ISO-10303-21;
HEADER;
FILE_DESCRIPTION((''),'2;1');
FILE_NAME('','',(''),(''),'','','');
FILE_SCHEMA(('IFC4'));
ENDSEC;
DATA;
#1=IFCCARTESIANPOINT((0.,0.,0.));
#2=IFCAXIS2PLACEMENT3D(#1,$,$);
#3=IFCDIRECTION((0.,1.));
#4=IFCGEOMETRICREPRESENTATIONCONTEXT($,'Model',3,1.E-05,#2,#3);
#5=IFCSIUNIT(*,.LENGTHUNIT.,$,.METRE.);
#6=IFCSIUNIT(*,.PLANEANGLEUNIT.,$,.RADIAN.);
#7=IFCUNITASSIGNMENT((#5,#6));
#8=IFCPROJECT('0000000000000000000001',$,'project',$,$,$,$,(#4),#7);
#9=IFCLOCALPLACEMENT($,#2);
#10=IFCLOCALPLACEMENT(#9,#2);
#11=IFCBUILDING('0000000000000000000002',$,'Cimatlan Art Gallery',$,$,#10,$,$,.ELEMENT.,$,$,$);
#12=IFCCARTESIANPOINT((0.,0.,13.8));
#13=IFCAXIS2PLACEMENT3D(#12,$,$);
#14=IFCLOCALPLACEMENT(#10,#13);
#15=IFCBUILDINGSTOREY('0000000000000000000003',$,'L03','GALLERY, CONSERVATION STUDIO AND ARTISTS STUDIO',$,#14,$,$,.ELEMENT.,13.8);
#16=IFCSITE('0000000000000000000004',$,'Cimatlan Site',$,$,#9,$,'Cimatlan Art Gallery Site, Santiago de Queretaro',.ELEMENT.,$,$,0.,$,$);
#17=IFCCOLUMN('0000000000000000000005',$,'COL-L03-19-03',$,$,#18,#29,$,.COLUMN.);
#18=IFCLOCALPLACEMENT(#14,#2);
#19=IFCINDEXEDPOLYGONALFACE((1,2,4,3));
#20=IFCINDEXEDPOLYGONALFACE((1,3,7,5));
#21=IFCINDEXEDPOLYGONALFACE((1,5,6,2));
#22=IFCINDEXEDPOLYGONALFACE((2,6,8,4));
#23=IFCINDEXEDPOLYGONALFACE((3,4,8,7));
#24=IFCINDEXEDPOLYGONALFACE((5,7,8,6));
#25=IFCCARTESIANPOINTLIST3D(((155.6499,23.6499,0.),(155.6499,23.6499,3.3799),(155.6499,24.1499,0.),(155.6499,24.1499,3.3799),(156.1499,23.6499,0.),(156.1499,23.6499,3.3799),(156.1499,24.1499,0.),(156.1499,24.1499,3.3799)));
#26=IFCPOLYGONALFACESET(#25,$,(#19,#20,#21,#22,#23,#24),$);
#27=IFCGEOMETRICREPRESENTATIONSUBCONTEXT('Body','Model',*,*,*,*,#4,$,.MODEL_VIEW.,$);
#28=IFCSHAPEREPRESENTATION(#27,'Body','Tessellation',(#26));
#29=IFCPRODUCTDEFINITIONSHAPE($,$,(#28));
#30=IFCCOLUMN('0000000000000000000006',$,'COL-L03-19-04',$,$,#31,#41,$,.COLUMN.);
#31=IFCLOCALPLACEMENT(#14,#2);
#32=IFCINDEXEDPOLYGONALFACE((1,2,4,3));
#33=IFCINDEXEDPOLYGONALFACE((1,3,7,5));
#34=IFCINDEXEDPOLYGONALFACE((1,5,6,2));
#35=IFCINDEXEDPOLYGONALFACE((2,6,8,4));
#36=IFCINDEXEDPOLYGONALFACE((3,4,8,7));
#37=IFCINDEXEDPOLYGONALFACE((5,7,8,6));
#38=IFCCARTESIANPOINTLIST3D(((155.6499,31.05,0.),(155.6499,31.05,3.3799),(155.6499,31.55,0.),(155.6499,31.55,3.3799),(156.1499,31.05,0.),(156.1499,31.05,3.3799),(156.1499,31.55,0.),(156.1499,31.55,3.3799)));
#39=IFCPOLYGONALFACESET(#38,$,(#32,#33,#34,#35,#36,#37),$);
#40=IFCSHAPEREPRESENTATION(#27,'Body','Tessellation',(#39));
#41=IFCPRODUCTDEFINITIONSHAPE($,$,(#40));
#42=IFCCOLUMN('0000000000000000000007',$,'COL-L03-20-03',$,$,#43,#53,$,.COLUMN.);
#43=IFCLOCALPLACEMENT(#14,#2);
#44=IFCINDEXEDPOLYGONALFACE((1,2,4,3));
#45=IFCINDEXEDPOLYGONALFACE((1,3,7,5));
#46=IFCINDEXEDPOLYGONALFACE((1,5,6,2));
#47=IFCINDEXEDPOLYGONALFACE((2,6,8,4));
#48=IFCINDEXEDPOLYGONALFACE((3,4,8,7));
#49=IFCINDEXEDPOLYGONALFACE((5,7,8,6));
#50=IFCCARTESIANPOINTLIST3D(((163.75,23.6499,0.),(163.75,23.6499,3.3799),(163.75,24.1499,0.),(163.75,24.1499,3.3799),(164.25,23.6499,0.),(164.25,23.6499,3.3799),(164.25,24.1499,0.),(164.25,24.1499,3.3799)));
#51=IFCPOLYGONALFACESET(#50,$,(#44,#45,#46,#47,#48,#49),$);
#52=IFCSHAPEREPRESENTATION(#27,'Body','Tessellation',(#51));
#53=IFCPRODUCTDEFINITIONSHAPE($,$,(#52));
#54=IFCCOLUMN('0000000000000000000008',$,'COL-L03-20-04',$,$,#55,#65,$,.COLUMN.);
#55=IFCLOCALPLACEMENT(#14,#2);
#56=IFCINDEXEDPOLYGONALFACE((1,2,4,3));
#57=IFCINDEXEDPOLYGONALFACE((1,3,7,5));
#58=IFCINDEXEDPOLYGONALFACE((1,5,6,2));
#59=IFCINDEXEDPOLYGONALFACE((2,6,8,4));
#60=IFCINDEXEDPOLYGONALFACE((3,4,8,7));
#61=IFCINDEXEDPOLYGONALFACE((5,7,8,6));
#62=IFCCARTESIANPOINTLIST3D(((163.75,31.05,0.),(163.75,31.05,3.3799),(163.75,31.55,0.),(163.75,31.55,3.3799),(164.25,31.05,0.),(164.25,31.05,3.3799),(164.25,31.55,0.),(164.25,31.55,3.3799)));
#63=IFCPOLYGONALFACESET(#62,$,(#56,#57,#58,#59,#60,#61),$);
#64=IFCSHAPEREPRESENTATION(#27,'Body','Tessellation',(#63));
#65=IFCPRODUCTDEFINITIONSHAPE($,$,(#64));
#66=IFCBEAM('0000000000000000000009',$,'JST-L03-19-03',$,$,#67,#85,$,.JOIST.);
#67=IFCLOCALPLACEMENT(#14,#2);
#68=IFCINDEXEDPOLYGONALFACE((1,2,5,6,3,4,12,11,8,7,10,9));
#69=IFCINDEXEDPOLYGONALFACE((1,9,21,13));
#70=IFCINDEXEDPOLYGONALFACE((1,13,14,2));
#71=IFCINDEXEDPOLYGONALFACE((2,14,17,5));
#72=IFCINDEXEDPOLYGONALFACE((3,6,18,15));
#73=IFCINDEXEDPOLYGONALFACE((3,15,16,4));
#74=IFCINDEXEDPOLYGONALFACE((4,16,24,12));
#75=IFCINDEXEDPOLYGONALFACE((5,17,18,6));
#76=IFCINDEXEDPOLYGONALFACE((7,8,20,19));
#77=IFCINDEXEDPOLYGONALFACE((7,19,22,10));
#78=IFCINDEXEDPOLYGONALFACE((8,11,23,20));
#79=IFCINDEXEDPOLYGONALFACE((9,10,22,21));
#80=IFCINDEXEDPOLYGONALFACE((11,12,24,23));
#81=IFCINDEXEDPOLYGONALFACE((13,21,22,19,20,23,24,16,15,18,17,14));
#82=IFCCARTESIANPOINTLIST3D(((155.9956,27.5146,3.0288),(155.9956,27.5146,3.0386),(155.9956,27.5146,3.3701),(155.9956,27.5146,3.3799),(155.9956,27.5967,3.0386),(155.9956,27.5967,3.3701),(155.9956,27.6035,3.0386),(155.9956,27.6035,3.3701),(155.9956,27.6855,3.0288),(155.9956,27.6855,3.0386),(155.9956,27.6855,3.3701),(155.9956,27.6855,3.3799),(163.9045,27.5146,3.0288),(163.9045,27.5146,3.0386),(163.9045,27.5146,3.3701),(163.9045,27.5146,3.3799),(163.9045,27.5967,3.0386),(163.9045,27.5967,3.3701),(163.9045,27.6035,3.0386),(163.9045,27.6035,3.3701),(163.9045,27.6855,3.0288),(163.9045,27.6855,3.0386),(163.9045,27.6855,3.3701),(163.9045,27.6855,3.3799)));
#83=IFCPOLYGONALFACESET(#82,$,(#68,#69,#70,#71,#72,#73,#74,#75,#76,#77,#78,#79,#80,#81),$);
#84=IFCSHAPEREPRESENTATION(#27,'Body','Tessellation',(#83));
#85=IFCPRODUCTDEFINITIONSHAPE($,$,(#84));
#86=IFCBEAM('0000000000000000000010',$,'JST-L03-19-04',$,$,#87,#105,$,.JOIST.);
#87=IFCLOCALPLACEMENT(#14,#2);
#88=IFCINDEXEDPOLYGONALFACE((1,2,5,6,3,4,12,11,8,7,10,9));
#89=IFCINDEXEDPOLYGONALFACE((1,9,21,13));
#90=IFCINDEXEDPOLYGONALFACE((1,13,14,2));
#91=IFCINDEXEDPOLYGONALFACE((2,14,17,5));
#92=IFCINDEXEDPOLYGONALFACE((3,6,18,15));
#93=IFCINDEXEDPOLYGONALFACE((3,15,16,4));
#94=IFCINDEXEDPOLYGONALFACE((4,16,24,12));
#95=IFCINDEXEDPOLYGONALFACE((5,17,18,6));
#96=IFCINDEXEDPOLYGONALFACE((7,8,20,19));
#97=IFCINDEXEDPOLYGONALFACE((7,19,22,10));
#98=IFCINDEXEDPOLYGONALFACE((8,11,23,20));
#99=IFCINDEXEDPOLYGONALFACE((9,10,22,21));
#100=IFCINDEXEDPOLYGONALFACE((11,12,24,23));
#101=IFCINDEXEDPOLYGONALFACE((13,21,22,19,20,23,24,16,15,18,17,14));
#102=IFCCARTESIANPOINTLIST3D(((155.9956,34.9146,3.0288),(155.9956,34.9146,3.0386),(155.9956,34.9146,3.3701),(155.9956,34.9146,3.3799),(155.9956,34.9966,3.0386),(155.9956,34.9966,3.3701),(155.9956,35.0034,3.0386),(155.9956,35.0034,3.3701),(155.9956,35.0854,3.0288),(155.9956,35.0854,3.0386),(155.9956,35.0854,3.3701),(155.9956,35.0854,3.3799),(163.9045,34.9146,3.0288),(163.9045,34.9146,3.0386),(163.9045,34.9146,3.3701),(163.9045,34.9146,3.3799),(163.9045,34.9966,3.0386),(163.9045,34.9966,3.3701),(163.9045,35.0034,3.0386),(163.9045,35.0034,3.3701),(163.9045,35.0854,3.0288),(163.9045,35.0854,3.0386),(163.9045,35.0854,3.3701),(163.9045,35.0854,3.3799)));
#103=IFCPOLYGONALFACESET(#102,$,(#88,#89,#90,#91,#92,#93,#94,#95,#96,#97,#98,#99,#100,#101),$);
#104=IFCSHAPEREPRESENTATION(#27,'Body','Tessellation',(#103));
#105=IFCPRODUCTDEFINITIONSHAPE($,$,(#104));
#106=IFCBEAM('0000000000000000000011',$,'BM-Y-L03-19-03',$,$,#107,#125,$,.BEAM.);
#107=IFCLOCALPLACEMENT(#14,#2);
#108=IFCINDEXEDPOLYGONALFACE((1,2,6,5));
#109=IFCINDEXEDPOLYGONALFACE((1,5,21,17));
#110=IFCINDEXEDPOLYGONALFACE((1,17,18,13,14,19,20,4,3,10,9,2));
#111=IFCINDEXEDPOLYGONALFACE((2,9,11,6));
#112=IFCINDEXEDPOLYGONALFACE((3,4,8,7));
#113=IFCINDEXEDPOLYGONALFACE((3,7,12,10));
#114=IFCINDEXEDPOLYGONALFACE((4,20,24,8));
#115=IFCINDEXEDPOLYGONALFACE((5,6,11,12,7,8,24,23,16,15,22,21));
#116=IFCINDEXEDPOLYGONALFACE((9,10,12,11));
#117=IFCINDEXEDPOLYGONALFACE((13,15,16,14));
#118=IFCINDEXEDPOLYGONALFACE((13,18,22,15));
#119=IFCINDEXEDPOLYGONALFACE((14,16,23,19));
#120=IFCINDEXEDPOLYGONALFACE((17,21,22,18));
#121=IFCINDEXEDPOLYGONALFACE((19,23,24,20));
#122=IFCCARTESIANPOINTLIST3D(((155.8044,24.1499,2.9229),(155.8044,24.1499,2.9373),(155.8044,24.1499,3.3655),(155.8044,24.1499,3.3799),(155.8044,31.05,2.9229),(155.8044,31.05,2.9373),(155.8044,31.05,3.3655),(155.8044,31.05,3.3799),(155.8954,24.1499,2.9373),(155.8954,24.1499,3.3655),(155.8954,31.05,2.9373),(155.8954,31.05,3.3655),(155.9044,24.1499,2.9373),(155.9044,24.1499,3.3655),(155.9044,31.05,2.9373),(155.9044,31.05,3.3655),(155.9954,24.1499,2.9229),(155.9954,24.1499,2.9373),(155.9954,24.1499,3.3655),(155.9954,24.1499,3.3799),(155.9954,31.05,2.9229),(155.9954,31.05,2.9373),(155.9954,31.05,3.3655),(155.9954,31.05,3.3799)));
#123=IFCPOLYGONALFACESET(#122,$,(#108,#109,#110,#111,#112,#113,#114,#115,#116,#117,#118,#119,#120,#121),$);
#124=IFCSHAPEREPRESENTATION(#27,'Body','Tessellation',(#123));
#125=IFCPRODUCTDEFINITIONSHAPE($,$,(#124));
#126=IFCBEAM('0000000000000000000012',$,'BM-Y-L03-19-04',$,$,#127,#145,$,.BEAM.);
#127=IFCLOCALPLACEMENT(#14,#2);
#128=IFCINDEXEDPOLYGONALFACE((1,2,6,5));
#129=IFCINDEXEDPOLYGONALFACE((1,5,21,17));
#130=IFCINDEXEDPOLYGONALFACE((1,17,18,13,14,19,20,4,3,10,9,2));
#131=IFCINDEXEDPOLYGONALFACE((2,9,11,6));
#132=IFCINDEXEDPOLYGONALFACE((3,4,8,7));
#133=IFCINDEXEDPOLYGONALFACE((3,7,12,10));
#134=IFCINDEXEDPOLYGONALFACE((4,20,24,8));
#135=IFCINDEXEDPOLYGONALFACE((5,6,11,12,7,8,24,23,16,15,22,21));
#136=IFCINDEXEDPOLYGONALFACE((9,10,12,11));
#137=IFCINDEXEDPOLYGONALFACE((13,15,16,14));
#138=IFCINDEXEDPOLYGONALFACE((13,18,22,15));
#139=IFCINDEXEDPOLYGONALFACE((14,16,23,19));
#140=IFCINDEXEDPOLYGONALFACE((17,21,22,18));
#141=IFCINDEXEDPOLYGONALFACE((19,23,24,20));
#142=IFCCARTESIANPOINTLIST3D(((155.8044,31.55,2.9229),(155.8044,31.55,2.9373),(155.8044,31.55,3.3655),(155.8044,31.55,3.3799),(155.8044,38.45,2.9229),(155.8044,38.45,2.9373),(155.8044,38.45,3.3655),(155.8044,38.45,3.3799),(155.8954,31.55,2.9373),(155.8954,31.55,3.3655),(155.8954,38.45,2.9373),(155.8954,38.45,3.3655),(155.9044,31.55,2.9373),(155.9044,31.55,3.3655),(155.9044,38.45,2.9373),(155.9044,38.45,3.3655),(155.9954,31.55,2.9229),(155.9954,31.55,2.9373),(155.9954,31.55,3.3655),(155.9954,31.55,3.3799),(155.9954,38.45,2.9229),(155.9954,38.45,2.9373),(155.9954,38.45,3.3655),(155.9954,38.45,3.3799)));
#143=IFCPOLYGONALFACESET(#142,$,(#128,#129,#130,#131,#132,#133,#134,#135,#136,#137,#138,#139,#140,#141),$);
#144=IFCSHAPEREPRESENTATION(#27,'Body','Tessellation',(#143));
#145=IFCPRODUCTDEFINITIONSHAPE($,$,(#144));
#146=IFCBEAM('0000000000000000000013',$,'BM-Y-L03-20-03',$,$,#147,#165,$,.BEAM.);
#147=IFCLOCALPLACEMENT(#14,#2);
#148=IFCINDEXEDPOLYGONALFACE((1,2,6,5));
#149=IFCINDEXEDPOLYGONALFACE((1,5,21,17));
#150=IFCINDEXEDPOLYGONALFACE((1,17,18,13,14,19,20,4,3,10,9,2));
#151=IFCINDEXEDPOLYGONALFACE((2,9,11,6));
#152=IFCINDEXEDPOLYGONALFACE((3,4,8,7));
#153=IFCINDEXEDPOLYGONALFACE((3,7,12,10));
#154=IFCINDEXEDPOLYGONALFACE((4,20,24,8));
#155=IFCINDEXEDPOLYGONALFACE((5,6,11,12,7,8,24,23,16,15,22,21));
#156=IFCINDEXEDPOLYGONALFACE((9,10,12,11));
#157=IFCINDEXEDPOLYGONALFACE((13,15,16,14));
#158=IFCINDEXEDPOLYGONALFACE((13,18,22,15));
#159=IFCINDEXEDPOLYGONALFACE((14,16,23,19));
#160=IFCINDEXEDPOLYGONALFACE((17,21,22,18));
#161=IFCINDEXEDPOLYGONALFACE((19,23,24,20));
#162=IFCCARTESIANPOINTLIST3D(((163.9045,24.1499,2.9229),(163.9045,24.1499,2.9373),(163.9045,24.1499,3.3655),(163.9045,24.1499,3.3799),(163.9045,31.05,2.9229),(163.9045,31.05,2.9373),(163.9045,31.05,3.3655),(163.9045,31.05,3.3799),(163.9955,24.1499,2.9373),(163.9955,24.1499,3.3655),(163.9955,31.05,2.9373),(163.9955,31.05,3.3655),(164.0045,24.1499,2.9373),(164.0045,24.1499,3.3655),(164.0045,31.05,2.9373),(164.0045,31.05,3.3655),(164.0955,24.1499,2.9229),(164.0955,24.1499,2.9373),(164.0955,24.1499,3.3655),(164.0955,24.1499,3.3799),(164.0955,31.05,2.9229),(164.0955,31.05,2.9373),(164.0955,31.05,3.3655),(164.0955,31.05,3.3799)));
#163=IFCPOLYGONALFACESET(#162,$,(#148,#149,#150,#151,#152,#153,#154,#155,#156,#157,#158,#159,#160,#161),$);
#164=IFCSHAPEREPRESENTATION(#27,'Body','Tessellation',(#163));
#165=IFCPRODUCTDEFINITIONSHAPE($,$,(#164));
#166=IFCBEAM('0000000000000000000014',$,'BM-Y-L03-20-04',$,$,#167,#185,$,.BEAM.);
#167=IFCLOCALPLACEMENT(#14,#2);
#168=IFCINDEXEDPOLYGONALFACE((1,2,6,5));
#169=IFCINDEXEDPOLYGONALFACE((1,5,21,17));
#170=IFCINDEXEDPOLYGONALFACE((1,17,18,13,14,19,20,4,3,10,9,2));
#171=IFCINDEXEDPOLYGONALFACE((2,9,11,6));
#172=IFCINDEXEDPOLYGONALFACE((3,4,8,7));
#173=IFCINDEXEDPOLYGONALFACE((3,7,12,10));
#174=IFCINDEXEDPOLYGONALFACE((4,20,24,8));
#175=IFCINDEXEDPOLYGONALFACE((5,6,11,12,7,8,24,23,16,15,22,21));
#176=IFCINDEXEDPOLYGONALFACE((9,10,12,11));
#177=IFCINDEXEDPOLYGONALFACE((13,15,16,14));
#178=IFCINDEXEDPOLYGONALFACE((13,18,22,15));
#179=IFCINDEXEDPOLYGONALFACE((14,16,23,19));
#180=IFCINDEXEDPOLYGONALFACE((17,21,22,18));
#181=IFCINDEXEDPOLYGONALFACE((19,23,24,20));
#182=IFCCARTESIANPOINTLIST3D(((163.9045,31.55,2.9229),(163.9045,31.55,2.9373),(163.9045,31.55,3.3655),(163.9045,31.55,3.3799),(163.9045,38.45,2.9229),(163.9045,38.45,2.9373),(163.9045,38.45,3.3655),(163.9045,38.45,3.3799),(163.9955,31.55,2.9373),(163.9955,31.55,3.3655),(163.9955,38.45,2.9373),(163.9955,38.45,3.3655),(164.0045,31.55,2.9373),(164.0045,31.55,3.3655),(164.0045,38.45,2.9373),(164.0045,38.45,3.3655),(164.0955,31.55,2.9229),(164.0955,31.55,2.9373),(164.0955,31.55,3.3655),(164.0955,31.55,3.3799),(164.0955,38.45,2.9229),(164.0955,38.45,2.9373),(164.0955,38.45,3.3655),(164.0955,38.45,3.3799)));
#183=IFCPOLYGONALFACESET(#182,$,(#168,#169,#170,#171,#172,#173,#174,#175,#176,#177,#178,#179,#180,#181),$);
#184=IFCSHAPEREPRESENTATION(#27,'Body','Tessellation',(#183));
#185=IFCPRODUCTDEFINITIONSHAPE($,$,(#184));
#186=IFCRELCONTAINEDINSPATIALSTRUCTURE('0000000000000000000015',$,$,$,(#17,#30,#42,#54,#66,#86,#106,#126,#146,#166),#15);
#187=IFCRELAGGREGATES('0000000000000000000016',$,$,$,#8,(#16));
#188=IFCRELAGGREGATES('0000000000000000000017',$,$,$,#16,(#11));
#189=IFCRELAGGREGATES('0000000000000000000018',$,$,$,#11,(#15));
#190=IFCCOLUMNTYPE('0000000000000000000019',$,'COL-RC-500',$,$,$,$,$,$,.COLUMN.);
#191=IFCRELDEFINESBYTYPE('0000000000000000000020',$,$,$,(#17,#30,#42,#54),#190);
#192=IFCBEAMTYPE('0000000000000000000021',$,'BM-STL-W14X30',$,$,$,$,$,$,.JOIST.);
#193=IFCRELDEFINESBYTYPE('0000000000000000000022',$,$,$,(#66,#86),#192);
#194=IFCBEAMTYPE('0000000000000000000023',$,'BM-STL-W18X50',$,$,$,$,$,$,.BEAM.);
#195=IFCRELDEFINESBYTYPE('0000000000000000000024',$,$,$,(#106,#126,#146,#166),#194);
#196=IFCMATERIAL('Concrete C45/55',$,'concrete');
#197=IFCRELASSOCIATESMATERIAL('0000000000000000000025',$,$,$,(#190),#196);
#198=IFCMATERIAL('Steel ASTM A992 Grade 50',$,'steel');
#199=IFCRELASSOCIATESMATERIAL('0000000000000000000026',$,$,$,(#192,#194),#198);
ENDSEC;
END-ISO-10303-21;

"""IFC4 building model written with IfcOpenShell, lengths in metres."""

from ifc_helpers import new_model, si_unit, direction, frame, origin, origin_2d, place, context, subcontext, project, spatial, rectangle, i_section, extrude, material, material_profile, profile_set, type_object, element, save


model = new_model("IFC4")

# Units and contexts
model_context = context("Model", 3, precision=1e-05, world=origin(), true_north=direction((0.0, 1.0)))
body_context = subcontext(model_context, "Body", "Model", "MODEL_VIEW")
ifc_project = project(units=[si_unit("LENGTHUNIT", "METRE"), si_unit("PLANEANGLEUNIT", "RADIAN")], contexts=[model_context])

# Site, building, storey
site_placement = place(None, origin())
site = spatial("IfcSite", under=ifc_project, at=site_placement, Name="Cimatlan Site", LongName="Cimatlan Art Gallery Site, Santiago de Queretaro", CompositionType="ELEMENT", RefElevation=0.0)
building_placement = place(site_placement, origin())
building = spatial("IfcBuilding", under=site, at=building_placement, Name="Cimatlan Art Gallery", CompositionType="ELEMENT")
storey_placement = place(building_placement, frame((0.0, 0.0, 13.8)))
storey = spatial("IfcBuildingStorey", under=building, at=storey_placement, Name="L03", Description="GALLERY, CONSERVATION STUDIO AND ARTISTS STUDIO", CompositionType="ELEMENT", Elevation=13.8)

# Columns
ifc_material_1 = material(Name="Concrete C45/55", Category="concrete")
ifc_material_profile_1 = material_profile(ifc_material_1, rectangle(XDim=0.5, YDim=0.5, at=origin_2d()), Name="RC500X500")
ifc_profile_set_1 = profile_set([ifc_material_profile_1], Name="Concrete C45/55")
column_type = type_object("IfcColumnType", Name="COL-RC-500", PredefinedType="COLUMN", material=ifc_profile_set_1)
for number, where, z_axis, x_axis, name in (
    (1, (155.8999, 23.8999, 0.0), (0.0, 0.0, 1.0), (1.0, 0.0, 0.0), "COL-L03-19-03"),
    (2, (155.8999, 31.3, 0.0), (0.0, 0.0, 1.0), (1.0, 0.0, 0.0), "COL-L03-19-04"),
    (3, (164.0, 23.8999, 0.0), (0.0, 0.0, 1.0), (1.0, 0.0, 0.0), "COL-L03-20-03"),
    (4, (164.0, 31.3, 0.0), (0.0, 0.0, 1.0), (1.0, 0.0, 0.0), "COL-L03-20-04"),
):
    element("IfcColumn", number, at=place(storey_placement, frame(where, z_axis=z_axis, x_axis=x_axis)), inside=storey, type_object=column_type, Name=name, PredefinedType="COLUMN", context=body_context, shape_type="SweptSolid", body=[
        extrude(rectangle(XDim=0.5, YDim=0.5, at=origin_2d()), origin(), (0.0, 0.0, 1.0), 3.3799),
    ])

# Beams
ifc_material_2 = material(Name="Steel ASTM A992 Grade 50", Category="steel")
ifc_material_profile_2 = material_profile(ifc_material_2, i_section(OverallWidth=0.1709, OverallDepth=0.3511, WebThickness=0.0068, FlangeThickness=0.0098, at=origin_2d()), Name="W14X30")
ifc_profile_set_2 = profile_set([ifc_material_profile_2], Name="Steel ASTM A992 Grade 50")
beam_type_1 = type_object("IfcBeamType", Name="BM-STL-W14X30", PredefinedType="JOIST", material=ifc_profile_set_2)
for number, where, z_axis, x_axis, name in (
    (5, (155.9956, 27.6001, 3.2043), (1.0, 0.0, 0.0), (0.0, 1.0, 0.0), "JST-L03-19-03"),
    (6, (155.9956, 35.0, 3.2043), (1.0, 0.0, 0.0), (0.0, 1.0, 0.0), "JST-L03-19-04"),
):
    element("IfcBeam", number, at=place(storey_placement, frame(where, z_axis=z_axis, x_axis=x_axis)), inside=storey, type_object=beam_type_1, Name=name, PredefinedType="JOIST", context=body_context, shape_type="SweptSolid", body=[
        extrude(i_section(OverallWidth=0.1709, OverallDepth=0.3511, WebThickness=0.0068, FlangeThickness=0.0098, at=origin_2d()), origin(), (0.0, 0.0, 1.0), 7.9089),
    ])
ifc_material_profile_3 = material_profile(ifc_material_2, i_section(OverallWidth=0.1909, OverallDepth=0.457, WebThickness=0.009, FlangeThickness=0.0144, at=origin_2d()), Name="W18X50")
ifc_profile_set_3 = profile_set([ifc_material_profile_3], Name="Steel ASTM A992 Grade 50")
beam_type_2 = type_object("IfcBeamType", Name="BM-STL-W18X50", PredefinedType="BEAM", material=ifc_profile_set_3)
beam_1_placement = place(storey_placement, frame((155.8999, 24.1499, 3.1514), z_axis=(0.0, 1.0, 0.0), x_axis=(-1.0, 0.0, 0.0)))
element("IfcBeam", 7, at=beam_1_placement, inside=storey, type_object=beam_type_2, Name="BM-Y-L03-19-03", PredefinedType="BEAM", context=body_context, shape_type="SweptSolid", body=[
    extrude(i_section(OverallWidth=0.1909, OverallDepth=0.457, WebThickness=0.009, FlangeThickness=0.0144, at=origin_2d()), origin(), (0.0, 0.0, 1.0), 6.9001),
])
beam_2_placement = place(storey_placement, frame((155.8999, 31.55, 3.1514), z_axis=(0.0, 1.0, 0.0), x_axis=(-1.0, 0.0, 0.0)))
element("IfcBeam", 8, at=beam_2_placement, inside=storey, type_object=beam_type_2, Name="BM-Y-L03-19-04", PredefinedType="BEAM", context=body_context, shape_type="SweptSolid", body=[
    extrude(i_section(OverallWidth=0.1909, OverallDepth=0.457, WebThickness=0.009, FlangeThickness=0.0144, at=origin_2d()), origin(), (0.0, 0.0, 1.0), 6.8999),
])
beam_3_placement = place(storey_placement, frame((164.0, 24.1499, 3.1514), z_axis=(0.0, 1.0, 0.0), x_axis=(-1.0, 0.0, 0.0)))
element("IfcBeam", 9, at=beam_3_placement, inside=storey, type_object=beam_type_2, Name="BM-Y-L03-20-03", PredefinedType="BEAM", context=body_context, shape_type="SweptSolid", body=[
    extrude(i_section(OverallWidth=0.1909, OverallDepth=0.457, WebThickness=0.009, FlangeThickness=0.0144, at=origin_2d()), origin(), (0.0, 0.0, 1.0), 6.9001),
])
beam_4_placement = place(storey_placement, frame((164.0, 31.55, 3.1514), z_axis=(0.0, 1.0, 0.0), x_axis=(-1.0, 0.0, 0.0)))
element("IfcBeam", 10, at=beam_4_placement, inside=storey, type_object=beam_type_2, Name="BM-Y-L03-20-04", PredefinedType="BEAM", context=body_context, shape_type="SweptSolid", body=[
    extrude(i_section(OverallWidth=0.1909, OverallDepth=0.457, WebThickness=0.009, FlangeThickness=0.0144, at=origin_2d()), origin(), (0.0, 0.0, 1.0), 6.8999),
])

save(model, "model.ifc")
